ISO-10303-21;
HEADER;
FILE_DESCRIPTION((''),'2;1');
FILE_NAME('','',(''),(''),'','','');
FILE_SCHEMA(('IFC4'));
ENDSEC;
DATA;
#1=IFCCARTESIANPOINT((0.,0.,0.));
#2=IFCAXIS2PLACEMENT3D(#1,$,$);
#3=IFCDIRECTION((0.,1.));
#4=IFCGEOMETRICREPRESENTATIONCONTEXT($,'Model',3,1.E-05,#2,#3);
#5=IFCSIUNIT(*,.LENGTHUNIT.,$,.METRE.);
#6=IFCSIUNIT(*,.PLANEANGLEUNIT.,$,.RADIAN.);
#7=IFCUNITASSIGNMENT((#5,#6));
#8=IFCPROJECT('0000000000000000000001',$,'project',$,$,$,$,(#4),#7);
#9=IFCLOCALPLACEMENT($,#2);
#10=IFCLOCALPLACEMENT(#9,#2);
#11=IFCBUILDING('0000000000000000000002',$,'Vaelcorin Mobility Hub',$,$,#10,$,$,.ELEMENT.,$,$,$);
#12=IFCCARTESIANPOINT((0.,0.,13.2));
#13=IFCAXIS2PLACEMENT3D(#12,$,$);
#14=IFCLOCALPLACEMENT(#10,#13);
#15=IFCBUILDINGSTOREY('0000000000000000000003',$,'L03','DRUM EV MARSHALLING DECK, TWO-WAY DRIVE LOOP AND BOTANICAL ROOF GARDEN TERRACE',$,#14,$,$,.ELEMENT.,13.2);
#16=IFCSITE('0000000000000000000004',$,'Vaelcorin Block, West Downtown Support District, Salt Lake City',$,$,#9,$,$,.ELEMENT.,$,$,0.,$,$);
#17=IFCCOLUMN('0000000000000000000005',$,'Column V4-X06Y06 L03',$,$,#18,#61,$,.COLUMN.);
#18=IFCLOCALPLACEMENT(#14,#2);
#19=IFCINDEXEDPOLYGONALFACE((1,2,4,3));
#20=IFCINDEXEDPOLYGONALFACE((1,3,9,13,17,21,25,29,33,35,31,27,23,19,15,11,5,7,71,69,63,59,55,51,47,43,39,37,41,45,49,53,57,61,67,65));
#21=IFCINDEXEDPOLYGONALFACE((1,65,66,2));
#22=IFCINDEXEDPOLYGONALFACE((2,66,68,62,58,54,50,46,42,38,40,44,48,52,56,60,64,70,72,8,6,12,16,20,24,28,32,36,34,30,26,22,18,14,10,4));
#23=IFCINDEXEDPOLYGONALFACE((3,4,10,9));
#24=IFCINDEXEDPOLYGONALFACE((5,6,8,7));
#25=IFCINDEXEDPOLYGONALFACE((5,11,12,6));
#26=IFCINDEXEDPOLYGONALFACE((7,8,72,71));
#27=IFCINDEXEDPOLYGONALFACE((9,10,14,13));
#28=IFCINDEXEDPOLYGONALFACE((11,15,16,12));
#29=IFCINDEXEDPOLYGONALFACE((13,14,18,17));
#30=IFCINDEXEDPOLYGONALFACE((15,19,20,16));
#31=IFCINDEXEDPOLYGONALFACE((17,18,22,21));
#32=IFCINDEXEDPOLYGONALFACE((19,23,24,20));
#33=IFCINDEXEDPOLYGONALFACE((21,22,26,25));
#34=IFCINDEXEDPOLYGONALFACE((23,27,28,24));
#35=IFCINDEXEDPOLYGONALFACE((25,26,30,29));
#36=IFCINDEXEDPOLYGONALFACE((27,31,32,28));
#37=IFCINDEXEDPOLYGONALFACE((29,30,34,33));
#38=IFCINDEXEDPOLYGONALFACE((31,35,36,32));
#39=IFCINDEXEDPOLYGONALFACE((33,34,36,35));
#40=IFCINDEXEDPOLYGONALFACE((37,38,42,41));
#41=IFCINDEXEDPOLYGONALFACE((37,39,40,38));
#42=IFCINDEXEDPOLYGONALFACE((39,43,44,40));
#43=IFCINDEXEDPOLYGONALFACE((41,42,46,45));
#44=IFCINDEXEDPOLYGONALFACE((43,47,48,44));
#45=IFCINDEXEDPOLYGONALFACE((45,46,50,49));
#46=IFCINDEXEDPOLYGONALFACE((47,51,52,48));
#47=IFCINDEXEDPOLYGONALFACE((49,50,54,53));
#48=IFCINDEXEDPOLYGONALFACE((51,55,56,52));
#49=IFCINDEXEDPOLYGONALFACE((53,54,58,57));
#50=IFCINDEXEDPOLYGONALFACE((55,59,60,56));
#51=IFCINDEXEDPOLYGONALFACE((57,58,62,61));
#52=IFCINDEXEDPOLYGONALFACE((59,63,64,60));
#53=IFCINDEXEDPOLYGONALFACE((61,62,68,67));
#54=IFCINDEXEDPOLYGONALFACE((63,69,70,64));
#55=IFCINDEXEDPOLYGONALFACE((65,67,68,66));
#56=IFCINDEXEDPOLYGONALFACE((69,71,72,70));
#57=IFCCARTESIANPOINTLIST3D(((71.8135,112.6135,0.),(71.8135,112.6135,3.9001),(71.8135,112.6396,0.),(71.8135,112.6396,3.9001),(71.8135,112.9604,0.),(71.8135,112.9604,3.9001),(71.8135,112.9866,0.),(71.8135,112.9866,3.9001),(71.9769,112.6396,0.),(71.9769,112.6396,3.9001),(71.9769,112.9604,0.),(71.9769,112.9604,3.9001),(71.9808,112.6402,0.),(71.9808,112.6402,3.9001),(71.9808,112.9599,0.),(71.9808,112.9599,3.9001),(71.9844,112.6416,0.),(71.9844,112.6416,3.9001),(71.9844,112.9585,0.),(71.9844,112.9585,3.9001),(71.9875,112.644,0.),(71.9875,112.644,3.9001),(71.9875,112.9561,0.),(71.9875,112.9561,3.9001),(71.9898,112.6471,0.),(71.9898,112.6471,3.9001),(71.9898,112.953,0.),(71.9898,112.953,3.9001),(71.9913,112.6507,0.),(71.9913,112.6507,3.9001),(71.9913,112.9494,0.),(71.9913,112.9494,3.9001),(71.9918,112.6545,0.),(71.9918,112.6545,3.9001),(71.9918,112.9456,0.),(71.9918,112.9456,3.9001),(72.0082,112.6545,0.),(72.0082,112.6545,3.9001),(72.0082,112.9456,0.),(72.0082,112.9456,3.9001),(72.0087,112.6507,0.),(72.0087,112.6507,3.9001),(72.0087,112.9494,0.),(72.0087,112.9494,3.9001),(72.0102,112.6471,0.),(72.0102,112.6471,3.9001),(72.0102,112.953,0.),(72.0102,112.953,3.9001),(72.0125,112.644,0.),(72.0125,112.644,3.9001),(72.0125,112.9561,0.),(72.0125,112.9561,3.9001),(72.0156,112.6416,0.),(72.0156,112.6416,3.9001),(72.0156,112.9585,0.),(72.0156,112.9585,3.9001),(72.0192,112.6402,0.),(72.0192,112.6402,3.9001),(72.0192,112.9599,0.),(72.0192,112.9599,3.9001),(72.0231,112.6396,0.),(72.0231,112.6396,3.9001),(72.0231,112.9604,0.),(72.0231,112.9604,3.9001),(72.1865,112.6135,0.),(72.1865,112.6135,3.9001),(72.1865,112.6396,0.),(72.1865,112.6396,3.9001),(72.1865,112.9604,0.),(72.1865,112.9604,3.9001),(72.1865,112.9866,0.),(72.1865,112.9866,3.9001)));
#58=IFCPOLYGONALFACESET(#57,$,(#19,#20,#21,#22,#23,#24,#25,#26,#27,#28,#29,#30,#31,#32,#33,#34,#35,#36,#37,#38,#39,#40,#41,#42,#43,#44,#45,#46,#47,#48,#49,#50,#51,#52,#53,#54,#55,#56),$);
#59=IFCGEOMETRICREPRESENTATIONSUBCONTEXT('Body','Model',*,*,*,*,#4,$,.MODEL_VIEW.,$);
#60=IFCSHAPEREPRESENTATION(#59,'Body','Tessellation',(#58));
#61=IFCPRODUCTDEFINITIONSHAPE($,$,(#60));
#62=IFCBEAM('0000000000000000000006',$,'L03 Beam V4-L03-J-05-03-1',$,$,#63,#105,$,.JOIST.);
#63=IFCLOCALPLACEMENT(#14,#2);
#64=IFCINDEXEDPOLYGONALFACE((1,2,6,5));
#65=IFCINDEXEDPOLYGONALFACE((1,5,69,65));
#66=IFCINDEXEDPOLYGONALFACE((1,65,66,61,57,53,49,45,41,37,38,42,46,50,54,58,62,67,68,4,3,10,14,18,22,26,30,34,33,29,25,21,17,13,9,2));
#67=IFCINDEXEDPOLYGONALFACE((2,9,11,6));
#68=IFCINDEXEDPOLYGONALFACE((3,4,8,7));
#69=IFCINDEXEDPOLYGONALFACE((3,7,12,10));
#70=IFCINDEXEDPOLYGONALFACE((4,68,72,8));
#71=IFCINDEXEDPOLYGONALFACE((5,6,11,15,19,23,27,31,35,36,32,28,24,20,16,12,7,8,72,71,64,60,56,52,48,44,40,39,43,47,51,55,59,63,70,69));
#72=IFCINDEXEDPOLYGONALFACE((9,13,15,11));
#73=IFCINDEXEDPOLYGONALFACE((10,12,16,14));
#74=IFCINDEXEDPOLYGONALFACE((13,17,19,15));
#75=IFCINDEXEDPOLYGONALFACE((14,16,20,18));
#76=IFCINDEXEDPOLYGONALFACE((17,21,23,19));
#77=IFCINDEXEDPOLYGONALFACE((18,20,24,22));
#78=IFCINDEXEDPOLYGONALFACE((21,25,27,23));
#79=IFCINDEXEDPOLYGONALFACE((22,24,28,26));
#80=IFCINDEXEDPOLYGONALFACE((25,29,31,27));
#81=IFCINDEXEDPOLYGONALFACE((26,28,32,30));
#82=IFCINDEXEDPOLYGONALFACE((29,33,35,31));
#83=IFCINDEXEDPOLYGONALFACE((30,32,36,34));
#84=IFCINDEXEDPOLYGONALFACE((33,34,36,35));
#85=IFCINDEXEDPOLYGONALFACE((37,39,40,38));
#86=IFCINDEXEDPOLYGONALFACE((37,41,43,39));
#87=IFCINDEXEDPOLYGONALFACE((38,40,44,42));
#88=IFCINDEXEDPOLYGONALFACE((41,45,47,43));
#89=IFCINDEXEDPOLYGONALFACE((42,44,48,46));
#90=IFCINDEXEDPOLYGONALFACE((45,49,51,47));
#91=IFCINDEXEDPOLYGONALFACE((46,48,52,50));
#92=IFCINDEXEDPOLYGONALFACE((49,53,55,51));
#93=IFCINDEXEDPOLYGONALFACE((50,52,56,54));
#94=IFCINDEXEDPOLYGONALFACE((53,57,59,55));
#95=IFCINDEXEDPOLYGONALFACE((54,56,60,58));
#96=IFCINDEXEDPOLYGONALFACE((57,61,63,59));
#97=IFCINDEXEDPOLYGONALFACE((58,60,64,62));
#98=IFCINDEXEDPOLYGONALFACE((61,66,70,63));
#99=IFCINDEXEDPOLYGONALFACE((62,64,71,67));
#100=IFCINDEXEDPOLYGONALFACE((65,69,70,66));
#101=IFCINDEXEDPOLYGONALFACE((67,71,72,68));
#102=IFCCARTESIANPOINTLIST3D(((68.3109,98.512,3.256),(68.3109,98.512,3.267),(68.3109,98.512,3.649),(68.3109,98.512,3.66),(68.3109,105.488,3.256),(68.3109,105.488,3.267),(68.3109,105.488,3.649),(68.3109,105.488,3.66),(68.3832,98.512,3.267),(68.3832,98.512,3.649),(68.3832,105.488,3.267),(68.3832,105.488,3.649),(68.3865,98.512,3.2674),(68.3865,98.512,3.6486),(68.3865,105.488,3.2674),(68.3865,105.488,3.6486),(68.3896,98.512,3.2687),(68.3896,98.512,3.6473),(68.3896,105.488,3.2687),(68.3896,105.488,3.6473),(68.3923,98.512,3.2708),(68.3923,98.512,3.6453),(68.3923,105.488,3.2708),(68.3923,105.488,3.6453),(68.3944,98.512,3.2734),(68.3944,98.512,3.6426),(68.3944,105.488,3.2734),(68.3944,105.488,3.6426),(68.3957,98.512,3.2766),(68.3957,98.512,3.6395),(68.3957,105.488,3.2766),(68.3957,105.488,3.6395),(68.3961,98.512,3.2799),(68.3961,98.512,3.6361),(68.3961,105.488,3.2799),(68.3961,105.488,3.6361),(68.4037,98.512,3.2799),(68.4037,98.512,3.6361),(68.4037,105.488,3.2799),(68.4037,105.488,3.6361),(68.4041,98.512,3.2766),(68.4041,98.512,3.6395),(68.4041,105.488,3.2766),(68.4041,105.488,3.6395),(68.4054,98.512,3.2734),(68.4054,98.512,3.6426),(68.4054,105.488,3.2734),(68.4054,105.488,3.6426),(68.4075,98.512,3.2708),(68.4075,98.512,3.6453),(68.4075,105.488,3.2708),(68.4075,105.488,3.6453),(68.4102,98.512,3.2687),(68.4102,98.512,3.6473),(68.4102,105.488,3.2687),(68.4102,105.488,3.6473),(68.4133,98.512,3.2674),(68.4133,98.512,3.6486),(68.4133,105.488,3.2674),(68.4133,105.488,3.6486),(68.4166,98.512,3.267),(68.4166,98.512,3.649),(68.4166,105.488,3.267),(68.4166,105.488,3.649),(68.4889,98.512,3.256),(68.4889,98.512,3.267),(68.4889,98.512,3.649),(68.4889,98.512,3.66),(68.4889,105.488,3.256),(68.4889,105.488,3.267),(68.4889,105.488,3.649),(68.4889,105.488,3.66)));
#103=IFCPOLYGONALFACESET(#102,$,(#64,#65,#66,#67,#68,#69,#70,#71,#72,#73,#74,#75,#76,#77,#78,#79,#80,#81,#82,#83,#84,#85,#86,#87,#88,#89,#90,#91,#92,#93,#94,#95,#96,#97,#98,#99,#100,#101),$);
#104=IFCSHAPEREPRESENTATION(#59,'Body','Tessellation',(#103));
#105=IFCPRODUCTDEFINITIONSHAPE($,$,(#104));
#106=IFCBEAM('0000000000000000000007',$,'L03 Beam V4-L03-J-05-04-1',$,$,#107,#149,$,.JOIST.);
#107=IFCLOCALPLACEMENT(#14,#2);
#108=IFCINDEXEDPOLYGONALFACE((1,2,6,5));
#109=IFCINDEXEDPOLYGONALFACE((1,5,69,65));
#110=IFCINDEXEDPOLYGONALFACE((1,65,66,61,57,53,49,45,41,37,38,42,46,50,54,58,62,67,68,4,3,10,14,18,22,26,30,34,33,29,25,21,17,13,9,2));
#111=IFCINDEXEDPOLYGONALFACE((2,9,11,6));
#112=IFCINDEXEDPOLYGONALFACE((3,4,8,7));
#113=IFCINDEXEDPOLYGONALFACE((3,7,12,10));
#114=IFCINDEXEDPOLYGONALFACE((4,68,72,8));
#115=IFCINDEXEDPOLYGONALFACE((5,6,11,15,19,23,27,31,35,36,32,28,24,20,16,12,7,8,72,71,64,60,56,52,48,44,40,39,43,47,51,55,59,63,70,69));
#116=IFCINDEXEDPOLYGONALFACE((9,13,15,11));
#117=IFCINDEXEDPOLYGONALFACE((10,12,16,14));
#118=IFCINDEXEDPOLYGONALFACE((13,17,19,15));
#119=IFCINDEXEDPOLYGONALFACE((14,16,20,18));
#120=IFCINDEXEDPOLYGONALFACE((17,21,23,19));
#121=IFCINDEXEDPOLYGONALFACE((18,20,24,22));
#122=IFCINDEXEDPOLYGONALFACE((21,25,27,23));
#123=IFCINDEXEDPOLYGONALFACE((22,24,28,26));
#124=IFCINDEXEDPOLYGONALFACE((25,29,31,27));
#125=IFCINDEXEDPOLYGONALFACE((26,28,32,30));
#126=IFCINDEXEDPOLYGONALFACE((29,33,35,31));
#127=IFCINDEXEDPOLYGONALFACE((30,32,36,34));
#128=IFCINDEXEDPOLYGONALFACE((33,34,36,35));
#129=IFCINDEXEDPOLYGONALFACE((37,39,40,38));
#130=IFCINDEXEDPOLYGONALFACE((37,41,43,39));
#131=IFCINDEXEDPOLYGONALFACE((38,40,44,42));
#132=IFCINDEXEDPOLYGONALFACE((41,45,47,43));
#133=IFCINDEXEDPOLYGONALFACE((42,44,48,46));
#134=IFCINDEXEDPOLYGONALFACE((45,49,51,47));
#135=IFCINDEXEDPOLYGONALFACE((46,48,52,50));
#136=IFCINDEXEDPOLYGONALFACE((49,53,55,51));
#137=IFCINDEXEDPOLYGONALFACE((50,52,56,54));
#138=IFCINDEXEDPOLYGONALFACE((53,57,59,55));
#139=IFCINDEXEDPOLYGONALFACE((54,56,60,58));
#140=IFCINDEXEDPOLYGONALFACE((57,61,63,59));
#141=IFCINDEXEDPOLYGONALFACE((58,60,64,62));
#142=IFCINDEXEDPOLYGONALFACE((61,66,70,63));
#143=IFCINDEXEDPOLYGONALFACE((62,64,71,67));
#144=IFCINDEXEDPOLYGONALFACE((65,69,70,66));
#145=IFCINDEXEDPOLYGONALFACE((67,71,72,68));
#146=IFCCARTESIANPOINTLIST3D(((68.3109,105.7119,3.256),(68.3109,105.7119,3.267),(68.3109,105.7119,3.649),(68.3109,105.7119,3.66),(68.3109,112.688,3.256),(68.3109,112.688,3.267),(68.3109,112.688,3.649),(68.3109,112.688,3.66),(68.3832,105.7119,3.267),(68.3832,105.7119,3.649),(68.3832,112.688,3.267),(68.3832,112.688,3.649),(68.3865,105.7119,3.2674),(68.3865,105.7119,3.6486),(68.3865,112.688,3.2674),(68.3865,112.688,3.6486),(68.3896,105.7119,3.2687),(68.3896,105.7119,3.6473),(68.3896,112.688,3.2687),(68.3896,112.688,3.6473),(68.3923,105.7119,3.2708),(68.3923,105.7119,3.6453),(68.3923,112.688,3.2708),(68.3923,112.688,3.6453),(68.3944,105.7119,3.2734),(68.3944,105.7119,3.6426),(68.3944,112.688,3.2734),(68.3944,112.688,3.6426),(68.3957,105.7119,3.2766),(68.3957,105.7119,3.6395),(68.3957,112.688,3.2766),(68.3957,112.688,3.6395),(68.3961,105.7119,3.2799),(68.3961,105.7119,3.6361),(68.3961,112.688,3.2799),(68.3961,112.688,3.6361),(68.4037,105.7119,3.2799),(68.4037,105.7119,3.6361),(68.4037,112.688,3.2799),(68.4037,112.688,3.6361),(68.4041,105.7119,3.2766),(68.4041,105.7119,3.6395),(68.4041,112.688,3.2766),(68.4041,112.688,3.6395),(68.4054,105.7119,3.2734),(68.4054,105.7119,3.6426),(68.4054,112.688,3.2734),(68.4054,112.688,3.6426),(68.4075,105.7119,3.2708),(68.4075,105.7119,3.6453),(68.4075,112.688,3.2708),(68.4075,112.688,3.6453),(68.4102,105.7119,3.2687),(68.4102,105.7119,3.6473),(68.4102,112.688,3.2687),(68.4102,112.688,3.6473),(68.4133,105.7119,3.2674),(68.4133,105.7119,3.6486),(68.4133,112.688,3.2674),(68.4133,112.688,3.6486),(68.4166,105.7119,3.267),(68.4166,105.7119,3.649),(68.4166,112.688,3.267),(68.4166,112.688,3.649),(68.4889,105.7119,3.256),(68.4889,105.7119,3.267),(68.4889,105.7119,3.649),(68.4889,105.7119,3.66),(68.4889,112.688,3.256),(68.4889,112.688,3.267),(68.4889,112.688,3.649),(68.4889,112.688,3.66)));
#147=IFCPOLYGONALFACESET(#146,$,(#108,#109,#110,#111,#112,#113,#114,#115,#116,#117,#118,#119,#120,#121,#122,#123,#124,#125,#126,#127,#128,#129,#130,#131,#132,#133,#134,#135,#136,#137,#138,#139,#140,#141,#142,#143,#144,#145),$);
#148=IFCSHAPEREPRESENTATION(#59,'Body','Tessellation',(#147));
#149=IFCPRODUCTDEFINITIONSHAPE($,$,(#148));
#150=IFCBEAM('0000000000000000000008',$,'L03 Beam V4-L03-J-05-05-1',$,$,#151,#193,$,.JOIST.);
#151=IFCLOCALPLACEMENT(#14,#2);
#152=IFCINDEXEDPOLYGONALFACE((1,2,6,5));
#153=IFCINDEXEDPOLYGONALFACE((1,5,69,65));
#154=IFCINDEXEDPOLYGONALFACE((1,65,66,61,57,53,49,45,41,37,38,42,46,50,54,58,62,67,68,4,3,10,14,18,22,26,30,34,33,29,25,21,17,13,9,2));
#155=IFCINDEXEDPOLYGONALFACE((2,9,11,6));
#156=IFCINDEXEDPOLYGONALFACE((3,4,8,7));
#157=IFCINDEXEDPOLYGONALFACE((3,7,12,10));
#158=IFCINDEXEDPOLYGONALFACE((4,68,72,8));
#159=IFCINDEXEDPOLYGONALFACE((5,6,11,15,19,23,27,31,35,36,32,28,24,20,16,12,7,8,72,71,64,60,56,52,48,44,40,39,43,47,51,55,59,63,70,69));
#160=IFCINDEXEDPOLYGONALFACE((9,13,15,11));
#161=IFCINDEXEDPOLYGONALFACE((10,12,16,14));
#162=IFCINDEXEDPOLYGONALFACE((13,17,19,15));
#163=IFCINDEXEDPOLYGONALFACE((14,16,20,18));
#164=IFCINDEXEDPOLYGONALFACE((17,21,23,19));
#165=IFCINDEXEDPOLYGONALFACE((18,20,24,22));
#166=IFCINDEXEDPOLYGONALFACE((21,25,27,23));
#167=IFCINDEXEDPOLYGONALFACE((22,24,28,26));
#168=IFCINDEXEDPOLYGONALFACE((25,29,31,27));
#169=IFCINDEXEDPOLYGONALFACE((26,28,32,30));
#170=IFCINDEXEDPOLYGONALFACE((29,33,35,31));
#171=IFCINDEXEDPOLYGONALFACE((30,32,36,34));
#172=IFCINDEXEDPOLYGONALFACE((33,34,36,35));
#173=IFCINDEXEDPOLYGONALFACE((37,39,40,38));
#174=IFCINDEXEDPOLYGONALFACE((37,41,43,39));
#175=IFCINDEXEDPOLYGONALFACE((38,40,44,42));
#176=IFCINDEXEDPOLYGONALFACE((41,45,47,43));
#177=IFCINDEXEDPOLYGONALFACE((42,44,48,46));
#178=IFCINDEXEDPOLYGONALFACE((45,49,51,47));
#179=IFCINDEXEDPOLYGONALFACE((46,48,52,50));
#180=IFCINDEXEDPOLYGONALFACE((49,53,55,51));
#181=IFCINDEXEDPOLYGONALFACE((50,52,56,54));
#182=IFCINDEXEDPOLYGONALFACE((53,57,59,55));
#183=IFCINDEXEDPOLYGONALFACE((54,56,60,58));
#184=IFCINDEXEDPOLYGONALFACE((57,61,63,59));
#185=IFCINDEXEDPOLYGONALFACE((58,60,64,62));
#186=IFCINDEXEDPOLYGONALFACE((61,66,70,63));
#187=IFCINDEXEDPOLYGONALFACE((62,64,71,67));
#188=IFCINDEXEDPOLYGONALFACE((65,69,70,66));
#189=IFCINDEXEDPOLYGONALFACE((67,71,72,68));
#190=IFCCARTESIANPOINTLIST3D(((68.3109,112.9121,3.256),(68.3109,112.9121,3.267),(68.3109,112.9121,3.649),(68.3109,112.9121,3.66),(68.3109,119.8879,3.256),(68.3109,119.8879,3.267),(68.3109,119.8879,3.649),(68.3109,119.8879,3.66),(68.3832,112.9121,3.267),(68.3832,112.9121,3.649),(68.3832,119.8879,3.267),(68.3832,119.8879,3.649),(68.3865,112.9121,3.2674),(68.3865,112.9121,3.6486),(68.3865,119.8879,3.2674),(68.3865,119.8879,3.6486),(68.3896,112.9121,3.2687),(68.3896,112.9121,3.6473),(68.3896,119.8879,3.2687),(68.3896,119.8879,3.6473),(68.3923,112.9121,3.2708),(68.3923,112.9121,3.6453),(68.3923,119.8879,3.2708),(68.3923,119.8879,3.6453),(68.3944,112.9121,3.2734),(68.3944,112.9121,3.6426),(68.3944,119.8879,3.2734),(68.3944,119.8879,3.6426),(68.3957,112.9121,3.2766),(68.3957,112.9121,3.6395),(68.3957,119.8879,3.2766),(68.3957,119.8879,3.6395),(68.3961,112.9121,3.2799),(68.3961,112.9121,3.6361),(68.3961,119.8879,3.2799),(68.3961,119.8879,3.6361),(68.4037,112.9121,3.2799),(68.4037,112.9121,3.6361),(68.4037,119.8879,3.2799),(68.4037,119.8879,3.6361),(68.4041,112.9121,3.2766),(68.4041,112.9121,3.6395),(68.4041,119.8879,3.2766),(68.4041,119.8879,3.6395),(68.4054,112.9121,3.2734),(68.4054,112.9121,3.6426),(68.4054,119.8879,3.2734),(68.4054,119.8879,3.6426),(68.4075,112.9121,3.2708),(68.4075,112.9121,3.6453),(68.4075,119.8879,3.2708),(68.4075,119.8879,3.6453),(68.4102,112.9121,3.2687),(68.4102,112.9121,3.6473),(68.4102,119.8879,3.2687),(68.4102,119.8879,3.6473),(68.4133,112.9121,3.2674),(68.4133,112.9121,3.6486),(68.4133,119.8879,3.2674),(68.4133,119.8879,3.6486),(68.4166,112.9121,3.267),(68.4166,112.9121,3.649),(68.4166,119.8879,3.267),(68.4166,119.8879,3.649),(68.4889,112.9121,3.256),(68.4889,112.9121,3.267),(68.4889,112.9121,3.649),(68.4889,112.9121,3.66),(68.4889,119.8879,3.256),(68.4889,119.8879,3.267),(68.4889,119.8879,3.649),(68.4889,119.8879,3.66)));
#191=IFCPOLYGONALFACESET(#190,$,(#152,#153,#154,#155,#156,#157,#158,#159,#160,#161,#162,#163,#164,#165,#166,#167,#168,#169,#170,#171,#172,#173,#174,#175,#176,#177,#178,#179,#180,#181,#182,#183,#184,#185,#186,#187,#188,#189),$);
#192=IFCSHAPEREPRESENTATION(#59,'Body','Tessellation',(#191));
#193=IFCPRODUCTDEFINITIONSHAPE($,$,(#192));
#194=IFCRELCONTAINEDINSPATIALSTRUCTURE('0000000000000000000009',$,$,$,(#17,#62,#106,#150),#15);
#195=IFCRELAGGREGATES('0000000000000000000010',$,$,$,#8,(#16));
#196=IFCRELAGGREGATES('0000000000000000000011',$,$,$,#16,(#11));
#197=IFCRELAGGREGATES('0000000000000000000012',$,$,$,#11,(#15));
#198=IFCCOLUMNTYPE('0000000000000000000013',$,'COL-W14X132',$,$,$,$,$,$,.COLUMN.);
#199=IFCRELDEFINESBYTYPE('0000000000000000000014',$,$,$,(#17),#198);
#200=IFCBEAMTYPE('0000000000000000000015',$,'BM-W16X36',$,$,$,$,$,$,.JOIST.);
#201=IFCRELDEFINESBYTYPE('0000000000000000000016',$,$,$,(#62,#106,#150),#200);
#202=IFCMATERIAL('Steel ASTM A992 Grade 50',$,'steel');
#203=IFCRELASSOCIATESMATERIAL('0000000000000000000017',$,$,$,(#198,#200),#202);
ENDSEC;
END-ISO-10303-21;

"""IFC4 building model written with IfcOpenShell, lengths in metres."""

from ifc_helpers import new_model, si_unit, direction, frame, origin, origin_2d, place, context, subcontext, project, spatial, i_section, extrude, material, material_profile, profile_set, type_object, element, save


model = new_model("IFC4")

# Units and contexts
model_context = context("Model", 3, precision=1e-05, world=origin(), true_north=direction((0.0, 1.0)))
body_context = subcontext(model_context, "Body", "Model", "MODEL_VIEW")
ifc_project = project(units=[si_unit("LENGTHUNIT", "METRE"), si_unit("PLANEANGLEUNIT", "RADIAN")], contexts=[model_context])

# Site, building, storey
site_placement = place(None, origin())
site = spatial("IfcSite", under=ifc_project, at=site_placement, Name="Vaelcorin Block, West Downtown Support District, Salt Lake City", CompositionType="ELEMENT", RefElevation=0.0)
building_placement = place(site_placement, origin())
building = spatial("IfcBuilding", under=site, at=building_placement, Name="Vaelcorin Mobility Hub", CompositionType="ELEMENT")
storey_placement = place(building_placement, frame((0.0, 0.0, 13.2)))
storey = spatial("IfcBuildingStorey", under=building, at=storey_placement, Name="L03", Description="DRUM EV MARSHALLING DECK, TWO-WAY DRIVE LOOP AND BOTANICAL ROOF GARDEN TERRACE", CompositionType="ELEMENT", Elevation=13.2)

# Column
ifc_material_1 = material(Name="Steel ASTM A992 Grade 50", Category="steel")
ifc_material_profile_1 = material_profile(ifc_material_1, i_section(OverallWidth=0.373, OverallDepth=0.373, WebThickness=0.0164, FlangeThickness=0.0261, FilletRadius=0.0149, at=origin_2d()), Name="W14X132")
ifc_profile_set_1 = profile_set([ifc_material_profile_1], Name="Steel ASTM A992 Grade 50")
column_type_1 = type_object("IfcColumnType", Name="COL-W14X132", PredefinedType="COLUMN", material=ifc_profile_set_1)
column_placement = place(storey_placement, frame((72.0, 112.8, 0.0), z_axis=(0.0, 0.0, 1.0), x_axis=(1.0, 0.0, 0.0)))
element("IfcColumn", 1, at=column_placement, inside=storey, type_object=column_type_1, Name="Column V4-X06Y06 L03", PredefinedType="COLUMN", context=body_context, shape_type="SweptSolid", body=[
    extrude(i_section(OverallWidth=0.373, OverallDepth=0.373, WebThickness=0.0164, FlangeThickness=0.0261, FilletRadius=0.0149, at=origin_2d()), origin(), (0.0, 0.0, 1.0), 3.9001),
])

# Beams
ifc_material_profile_2 = material_profile(ifc_material_1, i_section(OverallWidth=0.178, OverallDepth=0.4041, WebThickness=0.0076, FlangeThickness=0.011, FilletRadius=0.0129, at=origin_2d()), Name="W16X36")
ifc_profile_set_2 = profile_set([ifc_material_profile_2], Name="Steel ASTM A992 Grade 50")
beam_type_1 = type_object("IfcBeamType", Name="BM-W16X36", PredefinedType="JOIST", material=ifc_profile_set_2)
for number, where, z_axis, x_axis, name in (
    (2, (68.3999, 98.512, 3.458), (0.0, 1.0, 0.0), (-1.0, 0.0, 0.0), "L03 Beam V4-L03-J-05-03-1"),
    (3, (68.3999, 105.7119, 3.458), (0.0, 1.0, 0.0), (-1.0, 0.0, 0.0), "L03 Beam V4-L03-J-05-04-1"),
):
    element("IfcBeam", number, at=place(storey_placement, frame(where, z_axis=z_axis, x_axis=x_axis)), inside=storey, type_object=beam_type_1, Name=name, PredefinedType="JOIST", context=body_context, shape_type="SweptSolid", body=[
        extrude(i_section(OverallWidth=0.178, OverallDepth=0.4041, WebThickness=0.0076, FlangeThickness=0.011, FilletRadius=0.0129, at=origin_2d()), origin(), (0.0, 0.0, 1.0), 6.9761),
    ])
beam_1_placement = place(storey_placement, frame((68.3999, 112.9121, 3.458), z_axis=(0.0, 1.0, 0.0), x_axis=(-1.0, 0.0, 0.0)))
element("IfcBeam", 4, at=beam_1_placement, inside=storey, type_object=beam_type_1, Name="L03 Beam V4-L03-J-05-05-1", PredefinedType="JOIST", context=body_context, shape_type="SweptSolid", body=[
    extrude(i_section(OverallWidth=0.178, OverallDepth=0.4041, WebThickness=0.0076, FlangeThickness=0.011, FilletRadius=0.0129, at=origin_2d()), origin(), (0.0, 0.0, 1.0), 6.9758),
])

save(model, "model.ifc")
